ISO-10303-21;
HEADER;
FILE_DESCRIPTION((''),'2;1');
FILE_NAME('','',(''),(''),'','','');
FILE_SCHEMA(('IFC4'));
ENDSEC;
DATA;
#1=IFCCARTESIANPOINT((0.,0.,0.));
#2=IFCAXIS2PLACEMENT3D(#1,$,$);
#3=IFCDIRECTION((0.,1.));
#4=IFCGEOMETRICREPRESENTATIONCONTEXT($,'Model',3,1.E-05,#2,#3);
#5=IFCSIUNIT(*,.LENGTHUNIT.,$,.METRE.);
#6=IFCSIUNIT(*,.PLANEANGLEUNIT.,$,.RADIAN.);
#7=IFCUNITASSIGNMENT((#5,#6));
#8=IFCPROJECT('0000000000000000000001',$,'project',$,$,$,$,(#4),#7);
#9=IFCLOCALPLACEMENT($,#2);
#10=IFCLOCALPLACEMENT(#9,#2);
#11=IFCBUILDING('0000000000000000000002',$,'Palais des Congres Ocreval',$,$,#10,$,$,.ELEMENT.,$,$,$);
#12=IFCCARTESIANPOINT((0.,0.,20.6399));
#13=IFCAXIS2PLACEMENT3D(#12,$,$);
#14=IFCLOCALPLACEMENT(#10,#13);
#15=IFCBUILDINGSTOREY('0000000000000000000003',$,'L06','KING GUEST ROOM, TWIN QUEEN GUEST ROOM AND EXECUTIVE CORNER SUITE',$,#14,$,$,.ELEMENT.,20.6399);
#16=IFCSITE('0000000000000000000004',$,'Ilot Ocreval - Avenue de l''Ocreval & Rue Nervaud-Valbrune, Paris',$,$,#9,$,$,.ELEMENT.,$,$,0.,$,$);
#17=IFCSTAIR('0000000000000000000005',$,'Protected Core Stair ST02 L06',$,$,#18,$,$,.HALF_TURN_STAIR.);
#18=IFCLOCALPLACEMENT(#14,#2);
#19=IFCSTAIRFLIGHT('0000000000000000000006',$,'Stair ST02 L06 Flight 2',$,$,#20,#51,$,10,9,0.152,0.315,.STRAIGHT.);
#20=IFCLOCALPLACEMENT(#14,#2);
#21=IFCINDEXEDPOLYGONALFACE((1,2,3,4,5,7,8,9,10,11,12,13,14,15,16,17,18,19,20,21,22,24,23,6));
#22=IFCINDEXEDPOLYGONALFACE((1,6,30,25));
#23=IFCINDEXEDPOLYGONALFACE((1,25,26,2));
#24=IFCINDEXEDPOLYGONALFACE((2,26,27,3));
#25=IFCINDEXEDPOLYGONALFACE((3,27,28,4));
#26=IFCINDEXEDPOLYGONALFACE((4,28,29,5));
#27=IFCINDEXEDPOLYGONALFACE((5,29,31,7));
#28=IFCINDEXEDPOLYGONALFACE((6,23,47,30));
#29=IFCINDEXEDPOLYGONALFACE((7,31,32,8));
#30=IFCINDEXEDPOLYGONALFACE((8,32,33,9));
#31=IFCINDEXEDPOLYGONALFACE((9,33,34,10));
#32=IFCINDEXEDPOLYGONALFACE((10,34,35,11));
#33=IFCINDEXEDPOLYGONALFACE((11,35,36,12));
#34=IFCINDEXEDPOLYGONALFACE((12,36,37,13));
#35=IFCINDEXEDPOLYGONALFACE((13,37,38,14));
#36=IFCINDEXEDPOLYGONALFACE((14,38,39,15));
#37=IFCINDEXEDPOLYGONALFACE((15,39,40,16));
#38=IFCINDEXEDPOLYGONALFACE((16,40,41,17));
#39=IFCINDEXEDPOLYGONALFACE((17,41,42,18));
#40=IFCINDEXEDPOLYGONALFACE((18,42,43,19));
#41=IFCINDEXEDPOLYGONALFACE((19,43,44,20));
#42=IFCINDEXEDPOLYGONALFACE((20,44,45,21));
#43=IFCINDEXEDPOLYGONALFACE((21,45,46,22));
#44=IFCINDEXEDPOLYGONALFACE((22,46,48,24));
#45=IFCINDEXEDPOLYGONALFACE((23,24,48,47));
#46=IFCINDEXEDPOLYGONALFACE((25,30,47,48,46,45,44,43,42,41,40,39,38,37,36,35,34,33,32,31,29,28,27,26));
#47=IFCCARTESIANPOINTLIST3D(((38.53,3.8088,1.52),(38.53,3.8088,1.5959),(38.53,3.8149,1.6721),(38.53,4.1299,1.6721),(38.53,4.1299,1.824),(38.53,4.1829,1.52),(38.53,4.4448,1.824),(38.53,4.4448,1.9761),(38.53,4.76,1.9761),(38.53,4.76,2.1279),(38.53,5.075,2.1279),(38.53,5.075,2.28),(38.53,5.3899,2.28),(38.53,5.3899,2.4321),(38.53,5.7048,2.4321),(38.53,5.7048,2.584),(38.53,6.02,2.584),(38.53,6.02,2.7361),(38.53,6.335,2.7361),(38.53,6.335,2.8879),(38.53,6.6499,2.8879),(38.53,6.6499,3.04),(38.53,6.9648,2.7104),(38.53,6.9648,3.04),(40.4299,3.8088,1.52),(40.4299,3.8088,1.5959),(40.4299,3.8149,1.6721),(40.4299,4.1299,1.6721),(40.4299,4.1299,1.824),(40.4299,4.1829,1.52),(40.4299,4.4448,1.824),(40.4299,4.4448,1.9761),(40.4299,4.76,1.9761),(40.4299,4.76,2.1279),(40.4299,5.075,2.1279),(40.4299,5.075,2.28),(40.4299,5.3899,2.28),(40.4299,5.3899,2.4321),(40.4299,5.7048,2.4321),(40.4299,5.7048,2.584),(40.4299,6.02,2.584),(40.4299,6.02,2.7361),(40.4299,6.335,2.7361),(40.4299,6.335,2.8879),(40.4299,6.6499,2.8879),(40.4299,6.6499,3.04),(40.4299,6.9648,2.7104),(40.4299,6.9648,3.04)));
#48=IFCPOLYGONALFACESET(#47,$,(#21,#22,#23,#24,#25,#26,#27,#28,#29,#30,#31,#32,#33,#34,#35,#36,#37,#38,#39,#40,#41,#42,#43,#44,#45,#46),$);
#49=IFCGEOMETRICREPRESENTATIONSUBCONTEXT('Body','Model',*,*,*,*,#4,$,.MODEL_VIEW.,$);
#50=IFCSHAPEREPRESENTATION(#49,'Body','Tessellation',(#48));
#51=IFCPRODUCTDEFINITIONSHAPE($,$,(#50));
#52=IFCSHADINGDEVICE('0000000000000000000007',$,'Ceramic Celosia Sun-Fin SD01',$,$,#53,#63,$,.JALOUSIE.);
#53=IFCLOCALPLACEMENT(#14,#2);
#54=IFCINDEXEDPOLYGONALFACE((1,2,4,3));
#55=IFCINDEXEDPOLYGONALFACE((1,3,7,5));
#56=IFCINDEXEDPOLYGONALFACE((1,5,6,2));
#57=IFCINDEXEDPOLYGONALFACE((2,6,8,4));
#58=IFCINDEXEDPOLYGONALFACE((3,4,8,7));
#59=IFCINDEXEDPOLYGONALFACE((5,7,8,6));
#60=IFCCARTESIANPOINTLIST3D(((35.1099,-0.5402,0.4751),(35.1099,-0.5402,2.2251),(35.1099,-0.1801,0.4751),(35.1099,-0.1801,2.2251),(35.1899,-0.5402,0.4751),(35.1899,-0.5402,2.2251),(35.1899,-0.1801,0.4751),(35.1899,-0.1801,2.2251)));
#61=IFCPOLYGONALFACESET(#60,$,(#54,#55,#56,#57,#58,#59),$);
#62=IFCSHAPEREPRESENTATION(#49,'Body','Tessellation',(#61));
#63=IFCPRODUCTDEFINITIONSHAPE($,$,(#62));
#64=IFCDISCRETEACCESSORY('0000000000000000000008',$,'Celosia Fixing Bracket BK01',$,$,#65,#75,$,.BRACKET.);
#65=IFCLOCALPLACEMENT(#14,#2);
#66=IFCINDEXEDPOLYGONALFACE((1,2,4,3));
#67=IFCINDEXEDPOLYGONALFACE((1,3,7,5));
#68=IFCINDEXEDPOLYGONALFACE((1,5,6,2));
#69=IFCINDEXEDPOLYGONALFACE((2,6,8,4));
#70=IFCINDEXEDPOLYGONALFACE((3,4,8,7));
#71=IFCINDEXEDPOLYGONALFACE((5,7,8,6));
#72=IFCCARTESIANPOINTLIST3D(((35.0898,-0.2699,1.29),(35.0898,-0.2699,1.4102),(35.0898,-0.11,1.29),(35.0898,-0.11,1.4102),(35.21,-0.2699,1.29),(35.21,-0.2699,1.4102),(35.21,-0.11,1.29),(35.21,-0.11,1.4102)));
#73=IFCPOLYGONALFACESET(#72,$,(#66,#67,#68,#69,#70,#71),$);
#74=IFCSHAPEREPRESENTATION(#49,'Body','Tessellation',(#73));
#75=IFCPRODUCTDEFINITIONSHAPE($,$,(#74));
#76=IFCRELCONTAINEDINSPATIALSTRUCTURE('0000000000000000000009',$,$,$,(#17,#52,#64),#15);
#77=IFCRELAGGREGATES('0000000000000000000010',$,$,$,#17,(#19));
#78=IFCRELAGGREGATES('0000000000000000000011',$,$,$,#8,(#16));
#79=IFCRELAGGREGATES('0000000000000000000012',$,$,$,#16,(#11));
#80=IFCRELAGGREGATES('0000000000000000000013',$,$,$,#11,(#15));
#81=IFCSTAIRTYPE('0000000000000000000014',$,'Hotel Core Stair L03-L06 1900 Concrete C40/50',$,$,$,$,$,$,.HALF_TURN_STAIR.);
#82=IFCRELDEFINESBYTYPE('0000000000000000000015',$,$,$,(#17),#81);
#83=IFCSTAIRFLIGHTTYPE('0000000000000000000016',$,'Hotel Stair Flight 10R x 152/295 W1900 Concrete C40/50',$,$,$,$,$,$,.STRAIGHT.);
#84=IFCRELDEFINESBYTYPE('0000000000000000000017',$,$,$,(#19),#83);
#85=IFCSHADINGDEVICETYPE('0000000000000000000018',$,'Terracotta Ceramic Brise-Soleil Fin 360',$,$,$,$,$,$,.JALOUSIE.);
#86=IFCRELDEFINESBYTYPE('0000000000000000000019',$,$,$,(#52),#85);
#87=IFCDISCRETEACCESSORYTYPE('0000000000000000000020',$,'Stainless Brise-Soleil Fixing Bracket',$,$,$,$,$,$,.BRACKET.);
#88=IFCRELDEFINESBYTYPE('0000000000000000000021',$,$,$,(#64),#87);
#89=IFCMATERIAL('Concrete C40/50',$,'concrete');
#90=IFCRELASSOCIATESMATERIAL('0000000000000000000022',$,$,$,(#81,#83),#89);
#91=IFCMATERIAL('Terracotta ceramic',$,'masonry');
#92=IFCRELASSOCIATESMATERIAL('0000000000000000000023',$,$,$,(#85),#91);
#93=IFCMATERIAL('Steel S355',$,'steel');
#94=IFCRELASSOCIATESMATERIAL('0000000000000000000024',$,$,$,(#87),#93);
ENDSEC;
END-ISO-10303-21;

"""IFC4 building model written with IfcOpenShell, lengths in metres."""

from ifc_helpers import new_model, si_unit, direction, frame, origin, origin_2d, place, context, subcontext, project, spatial, polyline, rectangle, outline, extrude, material, type_object, element, aggregate, save


model = new_model("IFC4")

# Units and contexts
model_context = context("Model", 3, precision=1e-05, world=origin(), true_north=direction((0.0, 1.0)))
body_context = subcontext(model_context, "Body", "Model", "MODEL_VIEW")
ifc_project = project(units=[si_unit("LENGTHUNIT", "METRE"), si_unit("PLANEANGLEUNIT", "RADIAN")], contexts=[model_context])

# Site, building, storey
site_placement = place(None, origin())
site = spatial("IfcSite", under=ifc_project, at=site_placement, Name="Ilot Ocreval - Avenue de l'Ocreval & Rue Nervaud-Valbrune, Paris", CompositionType="ELEMENT", RefElevation=0.0)
building_placement = place(site_placement, origin())
building = spatial("IfcBuilding", under=site, at=building_placement, Name="Palais des Congres Ocreval", CompositionType="ELEMENT")
storey_placement = place(building_placement, frame((0.0, 0.0, 20.6399)))
storey = spatial("IfcBuildingStorey", under=building, at=storey_placement, Name="L06", Description="KING GUEST ROOM, TWIN QUEEN GUEST ROOM AND EXECUTIVE CORNER SUITE", CompositionType="ELEMENT", Elevation=20.6399)

# Shared definitions
ifc_material_1 = material(Name="Steel S355", Category="steel")

# Shared definitions
ifc_material_2 = material(Name="Concrete C40/50", Category="concrete")

# Stair, stair flight
stair_type = type_object("IfcStairType", Name="Hotel Core Stair L03-L06 1900 Concrete C40/50", PredefinedType="HALF_TURN_STAIR", material=ifc_material_2)
stair_placement = place(storey_placement, origin())
stair = element("IfcStair", 1, at=stair_placement, inside=storey, type_object=stair_type, Name="Protected Core Stair ST02 L06", PredefinedType="HALF_TURN_STAIR")
stair_flight_type = type_object("IfcStairFlightType", Name="Hotel Stair Flight 10R x 152/295 W1900 Concrete C40/50", PredefinedType="STRAIGHT", material=ifc_material_2)
stair_flight_placement = place(storey_placement, frame((39.48, 3.8149, 1.52), z_axis=(0.0, 0.0, 1.0), x_axis=(0.0, 1.0, 0.0)))
stair_flight = element("IfcStairFlight", 2, at=stair_flight_placement, type_object=stair_flight_type, Name="Stair ST02 L06 Flight 2", NumberOfRisers=10, NumberOfTreads=9, PredefinedType="STRAIGHT", RiserHeight=0.152, TreadLength=0.315, context=body_context, shape_type="SweptSolid", body=[
    extrude(outline(polyline([(-0.0061, 0.0), (-0.0061, 0.0759), (0.0, 0.1521), (0.3149, 0.1521), (0.3149, 0.304), (0.6299, 0.304), (0.6299, 0.4561), (0.9451, 0.4561), (0.9451, 0.6079), (1.26, 0.6079), (1.26, 0.76), (1.575, 0.76), (1.575, 0.9121), (1.8899, 0.9121), (1.8899, 1.064), (2.2051, 1.064), (2.2051, 1.2161), (2.52, 1.2161), (2.52, 1.3679), (2.835, 1.3679), (2.835, 1.52), (3.1499, 1.52), (3.1499, 1.1904), (0.3679, 0.0), (-0.0061, 0.0)])), frame((0.0, 0.95, 0.0), z_axis=(0.0, -1.0, 0.0), x_axis=(1.0, 0.0, 0.0)), (0.0, 0.0, 1.0), 1.8999),
])
aggregate(stair, [stair_flight])

# Shading device
ifc_material_3 = material(Name="Terracotta ceramic", Category="masonry")
shading_device_type = type_object("IfcShadingDeviceType", Name="Terracotta Ceramic Brise-Soleil Fin 360", PredefinedType="JALOUSIE", material=ifc_material_3)
shading_device_placement = place(storey_placement, frame((35.1499, -0.3601, 0.4751), z_axis=(0.0, 0.0, 1.0), x_axis=(0.0, -1.0, 0.0)))
element("IfcShadingDevice", 3, at=shading_device_placement, inside=storey, type_object=shading_device_type, Name="Ceramic Celosia Sun-Fin SD01", PredefinedType="JALOUSIE", context=body_context, shape_type="SweptSolid", body=[
    extrude(rectangle(XDim=0.3601, YDim=0.0801, at=origin_2d()), origin(), (0.0, 0.0, 1.0), 1.75),
])

# Discrete accessory
discrete_accessory_type = type_object("IfcDiscreteAccessoryType", Name="Stainless Brise-Soleil Fixing Bracket", PredefinedType="BRACKET", material=ifc_material_1)
discrete_accessory_placement = place(storey_placement, frame((35.1499, -0.1899, 1.29), z_axis=(0.0, 0.0, 1.0), x_axis=(0.0, -1.0, 0.0)))
element("IfcDiscreteAccessory", 4, at=discrete_accessory_placement, inside=storey, type_object=discrete_accessory_type, Name="Celosia Fixing Bracket BK01", PredefinedType="BRACKET", context=body_context, shape_type="SweptSolid", body=[
    extrude(rectangle(XDim=0.1599, YDim=0.1201, at=origin_2d()), origin(), (0.0, 0.0, 1.0), 0.1201),
])

save(model, "model.ifc")
